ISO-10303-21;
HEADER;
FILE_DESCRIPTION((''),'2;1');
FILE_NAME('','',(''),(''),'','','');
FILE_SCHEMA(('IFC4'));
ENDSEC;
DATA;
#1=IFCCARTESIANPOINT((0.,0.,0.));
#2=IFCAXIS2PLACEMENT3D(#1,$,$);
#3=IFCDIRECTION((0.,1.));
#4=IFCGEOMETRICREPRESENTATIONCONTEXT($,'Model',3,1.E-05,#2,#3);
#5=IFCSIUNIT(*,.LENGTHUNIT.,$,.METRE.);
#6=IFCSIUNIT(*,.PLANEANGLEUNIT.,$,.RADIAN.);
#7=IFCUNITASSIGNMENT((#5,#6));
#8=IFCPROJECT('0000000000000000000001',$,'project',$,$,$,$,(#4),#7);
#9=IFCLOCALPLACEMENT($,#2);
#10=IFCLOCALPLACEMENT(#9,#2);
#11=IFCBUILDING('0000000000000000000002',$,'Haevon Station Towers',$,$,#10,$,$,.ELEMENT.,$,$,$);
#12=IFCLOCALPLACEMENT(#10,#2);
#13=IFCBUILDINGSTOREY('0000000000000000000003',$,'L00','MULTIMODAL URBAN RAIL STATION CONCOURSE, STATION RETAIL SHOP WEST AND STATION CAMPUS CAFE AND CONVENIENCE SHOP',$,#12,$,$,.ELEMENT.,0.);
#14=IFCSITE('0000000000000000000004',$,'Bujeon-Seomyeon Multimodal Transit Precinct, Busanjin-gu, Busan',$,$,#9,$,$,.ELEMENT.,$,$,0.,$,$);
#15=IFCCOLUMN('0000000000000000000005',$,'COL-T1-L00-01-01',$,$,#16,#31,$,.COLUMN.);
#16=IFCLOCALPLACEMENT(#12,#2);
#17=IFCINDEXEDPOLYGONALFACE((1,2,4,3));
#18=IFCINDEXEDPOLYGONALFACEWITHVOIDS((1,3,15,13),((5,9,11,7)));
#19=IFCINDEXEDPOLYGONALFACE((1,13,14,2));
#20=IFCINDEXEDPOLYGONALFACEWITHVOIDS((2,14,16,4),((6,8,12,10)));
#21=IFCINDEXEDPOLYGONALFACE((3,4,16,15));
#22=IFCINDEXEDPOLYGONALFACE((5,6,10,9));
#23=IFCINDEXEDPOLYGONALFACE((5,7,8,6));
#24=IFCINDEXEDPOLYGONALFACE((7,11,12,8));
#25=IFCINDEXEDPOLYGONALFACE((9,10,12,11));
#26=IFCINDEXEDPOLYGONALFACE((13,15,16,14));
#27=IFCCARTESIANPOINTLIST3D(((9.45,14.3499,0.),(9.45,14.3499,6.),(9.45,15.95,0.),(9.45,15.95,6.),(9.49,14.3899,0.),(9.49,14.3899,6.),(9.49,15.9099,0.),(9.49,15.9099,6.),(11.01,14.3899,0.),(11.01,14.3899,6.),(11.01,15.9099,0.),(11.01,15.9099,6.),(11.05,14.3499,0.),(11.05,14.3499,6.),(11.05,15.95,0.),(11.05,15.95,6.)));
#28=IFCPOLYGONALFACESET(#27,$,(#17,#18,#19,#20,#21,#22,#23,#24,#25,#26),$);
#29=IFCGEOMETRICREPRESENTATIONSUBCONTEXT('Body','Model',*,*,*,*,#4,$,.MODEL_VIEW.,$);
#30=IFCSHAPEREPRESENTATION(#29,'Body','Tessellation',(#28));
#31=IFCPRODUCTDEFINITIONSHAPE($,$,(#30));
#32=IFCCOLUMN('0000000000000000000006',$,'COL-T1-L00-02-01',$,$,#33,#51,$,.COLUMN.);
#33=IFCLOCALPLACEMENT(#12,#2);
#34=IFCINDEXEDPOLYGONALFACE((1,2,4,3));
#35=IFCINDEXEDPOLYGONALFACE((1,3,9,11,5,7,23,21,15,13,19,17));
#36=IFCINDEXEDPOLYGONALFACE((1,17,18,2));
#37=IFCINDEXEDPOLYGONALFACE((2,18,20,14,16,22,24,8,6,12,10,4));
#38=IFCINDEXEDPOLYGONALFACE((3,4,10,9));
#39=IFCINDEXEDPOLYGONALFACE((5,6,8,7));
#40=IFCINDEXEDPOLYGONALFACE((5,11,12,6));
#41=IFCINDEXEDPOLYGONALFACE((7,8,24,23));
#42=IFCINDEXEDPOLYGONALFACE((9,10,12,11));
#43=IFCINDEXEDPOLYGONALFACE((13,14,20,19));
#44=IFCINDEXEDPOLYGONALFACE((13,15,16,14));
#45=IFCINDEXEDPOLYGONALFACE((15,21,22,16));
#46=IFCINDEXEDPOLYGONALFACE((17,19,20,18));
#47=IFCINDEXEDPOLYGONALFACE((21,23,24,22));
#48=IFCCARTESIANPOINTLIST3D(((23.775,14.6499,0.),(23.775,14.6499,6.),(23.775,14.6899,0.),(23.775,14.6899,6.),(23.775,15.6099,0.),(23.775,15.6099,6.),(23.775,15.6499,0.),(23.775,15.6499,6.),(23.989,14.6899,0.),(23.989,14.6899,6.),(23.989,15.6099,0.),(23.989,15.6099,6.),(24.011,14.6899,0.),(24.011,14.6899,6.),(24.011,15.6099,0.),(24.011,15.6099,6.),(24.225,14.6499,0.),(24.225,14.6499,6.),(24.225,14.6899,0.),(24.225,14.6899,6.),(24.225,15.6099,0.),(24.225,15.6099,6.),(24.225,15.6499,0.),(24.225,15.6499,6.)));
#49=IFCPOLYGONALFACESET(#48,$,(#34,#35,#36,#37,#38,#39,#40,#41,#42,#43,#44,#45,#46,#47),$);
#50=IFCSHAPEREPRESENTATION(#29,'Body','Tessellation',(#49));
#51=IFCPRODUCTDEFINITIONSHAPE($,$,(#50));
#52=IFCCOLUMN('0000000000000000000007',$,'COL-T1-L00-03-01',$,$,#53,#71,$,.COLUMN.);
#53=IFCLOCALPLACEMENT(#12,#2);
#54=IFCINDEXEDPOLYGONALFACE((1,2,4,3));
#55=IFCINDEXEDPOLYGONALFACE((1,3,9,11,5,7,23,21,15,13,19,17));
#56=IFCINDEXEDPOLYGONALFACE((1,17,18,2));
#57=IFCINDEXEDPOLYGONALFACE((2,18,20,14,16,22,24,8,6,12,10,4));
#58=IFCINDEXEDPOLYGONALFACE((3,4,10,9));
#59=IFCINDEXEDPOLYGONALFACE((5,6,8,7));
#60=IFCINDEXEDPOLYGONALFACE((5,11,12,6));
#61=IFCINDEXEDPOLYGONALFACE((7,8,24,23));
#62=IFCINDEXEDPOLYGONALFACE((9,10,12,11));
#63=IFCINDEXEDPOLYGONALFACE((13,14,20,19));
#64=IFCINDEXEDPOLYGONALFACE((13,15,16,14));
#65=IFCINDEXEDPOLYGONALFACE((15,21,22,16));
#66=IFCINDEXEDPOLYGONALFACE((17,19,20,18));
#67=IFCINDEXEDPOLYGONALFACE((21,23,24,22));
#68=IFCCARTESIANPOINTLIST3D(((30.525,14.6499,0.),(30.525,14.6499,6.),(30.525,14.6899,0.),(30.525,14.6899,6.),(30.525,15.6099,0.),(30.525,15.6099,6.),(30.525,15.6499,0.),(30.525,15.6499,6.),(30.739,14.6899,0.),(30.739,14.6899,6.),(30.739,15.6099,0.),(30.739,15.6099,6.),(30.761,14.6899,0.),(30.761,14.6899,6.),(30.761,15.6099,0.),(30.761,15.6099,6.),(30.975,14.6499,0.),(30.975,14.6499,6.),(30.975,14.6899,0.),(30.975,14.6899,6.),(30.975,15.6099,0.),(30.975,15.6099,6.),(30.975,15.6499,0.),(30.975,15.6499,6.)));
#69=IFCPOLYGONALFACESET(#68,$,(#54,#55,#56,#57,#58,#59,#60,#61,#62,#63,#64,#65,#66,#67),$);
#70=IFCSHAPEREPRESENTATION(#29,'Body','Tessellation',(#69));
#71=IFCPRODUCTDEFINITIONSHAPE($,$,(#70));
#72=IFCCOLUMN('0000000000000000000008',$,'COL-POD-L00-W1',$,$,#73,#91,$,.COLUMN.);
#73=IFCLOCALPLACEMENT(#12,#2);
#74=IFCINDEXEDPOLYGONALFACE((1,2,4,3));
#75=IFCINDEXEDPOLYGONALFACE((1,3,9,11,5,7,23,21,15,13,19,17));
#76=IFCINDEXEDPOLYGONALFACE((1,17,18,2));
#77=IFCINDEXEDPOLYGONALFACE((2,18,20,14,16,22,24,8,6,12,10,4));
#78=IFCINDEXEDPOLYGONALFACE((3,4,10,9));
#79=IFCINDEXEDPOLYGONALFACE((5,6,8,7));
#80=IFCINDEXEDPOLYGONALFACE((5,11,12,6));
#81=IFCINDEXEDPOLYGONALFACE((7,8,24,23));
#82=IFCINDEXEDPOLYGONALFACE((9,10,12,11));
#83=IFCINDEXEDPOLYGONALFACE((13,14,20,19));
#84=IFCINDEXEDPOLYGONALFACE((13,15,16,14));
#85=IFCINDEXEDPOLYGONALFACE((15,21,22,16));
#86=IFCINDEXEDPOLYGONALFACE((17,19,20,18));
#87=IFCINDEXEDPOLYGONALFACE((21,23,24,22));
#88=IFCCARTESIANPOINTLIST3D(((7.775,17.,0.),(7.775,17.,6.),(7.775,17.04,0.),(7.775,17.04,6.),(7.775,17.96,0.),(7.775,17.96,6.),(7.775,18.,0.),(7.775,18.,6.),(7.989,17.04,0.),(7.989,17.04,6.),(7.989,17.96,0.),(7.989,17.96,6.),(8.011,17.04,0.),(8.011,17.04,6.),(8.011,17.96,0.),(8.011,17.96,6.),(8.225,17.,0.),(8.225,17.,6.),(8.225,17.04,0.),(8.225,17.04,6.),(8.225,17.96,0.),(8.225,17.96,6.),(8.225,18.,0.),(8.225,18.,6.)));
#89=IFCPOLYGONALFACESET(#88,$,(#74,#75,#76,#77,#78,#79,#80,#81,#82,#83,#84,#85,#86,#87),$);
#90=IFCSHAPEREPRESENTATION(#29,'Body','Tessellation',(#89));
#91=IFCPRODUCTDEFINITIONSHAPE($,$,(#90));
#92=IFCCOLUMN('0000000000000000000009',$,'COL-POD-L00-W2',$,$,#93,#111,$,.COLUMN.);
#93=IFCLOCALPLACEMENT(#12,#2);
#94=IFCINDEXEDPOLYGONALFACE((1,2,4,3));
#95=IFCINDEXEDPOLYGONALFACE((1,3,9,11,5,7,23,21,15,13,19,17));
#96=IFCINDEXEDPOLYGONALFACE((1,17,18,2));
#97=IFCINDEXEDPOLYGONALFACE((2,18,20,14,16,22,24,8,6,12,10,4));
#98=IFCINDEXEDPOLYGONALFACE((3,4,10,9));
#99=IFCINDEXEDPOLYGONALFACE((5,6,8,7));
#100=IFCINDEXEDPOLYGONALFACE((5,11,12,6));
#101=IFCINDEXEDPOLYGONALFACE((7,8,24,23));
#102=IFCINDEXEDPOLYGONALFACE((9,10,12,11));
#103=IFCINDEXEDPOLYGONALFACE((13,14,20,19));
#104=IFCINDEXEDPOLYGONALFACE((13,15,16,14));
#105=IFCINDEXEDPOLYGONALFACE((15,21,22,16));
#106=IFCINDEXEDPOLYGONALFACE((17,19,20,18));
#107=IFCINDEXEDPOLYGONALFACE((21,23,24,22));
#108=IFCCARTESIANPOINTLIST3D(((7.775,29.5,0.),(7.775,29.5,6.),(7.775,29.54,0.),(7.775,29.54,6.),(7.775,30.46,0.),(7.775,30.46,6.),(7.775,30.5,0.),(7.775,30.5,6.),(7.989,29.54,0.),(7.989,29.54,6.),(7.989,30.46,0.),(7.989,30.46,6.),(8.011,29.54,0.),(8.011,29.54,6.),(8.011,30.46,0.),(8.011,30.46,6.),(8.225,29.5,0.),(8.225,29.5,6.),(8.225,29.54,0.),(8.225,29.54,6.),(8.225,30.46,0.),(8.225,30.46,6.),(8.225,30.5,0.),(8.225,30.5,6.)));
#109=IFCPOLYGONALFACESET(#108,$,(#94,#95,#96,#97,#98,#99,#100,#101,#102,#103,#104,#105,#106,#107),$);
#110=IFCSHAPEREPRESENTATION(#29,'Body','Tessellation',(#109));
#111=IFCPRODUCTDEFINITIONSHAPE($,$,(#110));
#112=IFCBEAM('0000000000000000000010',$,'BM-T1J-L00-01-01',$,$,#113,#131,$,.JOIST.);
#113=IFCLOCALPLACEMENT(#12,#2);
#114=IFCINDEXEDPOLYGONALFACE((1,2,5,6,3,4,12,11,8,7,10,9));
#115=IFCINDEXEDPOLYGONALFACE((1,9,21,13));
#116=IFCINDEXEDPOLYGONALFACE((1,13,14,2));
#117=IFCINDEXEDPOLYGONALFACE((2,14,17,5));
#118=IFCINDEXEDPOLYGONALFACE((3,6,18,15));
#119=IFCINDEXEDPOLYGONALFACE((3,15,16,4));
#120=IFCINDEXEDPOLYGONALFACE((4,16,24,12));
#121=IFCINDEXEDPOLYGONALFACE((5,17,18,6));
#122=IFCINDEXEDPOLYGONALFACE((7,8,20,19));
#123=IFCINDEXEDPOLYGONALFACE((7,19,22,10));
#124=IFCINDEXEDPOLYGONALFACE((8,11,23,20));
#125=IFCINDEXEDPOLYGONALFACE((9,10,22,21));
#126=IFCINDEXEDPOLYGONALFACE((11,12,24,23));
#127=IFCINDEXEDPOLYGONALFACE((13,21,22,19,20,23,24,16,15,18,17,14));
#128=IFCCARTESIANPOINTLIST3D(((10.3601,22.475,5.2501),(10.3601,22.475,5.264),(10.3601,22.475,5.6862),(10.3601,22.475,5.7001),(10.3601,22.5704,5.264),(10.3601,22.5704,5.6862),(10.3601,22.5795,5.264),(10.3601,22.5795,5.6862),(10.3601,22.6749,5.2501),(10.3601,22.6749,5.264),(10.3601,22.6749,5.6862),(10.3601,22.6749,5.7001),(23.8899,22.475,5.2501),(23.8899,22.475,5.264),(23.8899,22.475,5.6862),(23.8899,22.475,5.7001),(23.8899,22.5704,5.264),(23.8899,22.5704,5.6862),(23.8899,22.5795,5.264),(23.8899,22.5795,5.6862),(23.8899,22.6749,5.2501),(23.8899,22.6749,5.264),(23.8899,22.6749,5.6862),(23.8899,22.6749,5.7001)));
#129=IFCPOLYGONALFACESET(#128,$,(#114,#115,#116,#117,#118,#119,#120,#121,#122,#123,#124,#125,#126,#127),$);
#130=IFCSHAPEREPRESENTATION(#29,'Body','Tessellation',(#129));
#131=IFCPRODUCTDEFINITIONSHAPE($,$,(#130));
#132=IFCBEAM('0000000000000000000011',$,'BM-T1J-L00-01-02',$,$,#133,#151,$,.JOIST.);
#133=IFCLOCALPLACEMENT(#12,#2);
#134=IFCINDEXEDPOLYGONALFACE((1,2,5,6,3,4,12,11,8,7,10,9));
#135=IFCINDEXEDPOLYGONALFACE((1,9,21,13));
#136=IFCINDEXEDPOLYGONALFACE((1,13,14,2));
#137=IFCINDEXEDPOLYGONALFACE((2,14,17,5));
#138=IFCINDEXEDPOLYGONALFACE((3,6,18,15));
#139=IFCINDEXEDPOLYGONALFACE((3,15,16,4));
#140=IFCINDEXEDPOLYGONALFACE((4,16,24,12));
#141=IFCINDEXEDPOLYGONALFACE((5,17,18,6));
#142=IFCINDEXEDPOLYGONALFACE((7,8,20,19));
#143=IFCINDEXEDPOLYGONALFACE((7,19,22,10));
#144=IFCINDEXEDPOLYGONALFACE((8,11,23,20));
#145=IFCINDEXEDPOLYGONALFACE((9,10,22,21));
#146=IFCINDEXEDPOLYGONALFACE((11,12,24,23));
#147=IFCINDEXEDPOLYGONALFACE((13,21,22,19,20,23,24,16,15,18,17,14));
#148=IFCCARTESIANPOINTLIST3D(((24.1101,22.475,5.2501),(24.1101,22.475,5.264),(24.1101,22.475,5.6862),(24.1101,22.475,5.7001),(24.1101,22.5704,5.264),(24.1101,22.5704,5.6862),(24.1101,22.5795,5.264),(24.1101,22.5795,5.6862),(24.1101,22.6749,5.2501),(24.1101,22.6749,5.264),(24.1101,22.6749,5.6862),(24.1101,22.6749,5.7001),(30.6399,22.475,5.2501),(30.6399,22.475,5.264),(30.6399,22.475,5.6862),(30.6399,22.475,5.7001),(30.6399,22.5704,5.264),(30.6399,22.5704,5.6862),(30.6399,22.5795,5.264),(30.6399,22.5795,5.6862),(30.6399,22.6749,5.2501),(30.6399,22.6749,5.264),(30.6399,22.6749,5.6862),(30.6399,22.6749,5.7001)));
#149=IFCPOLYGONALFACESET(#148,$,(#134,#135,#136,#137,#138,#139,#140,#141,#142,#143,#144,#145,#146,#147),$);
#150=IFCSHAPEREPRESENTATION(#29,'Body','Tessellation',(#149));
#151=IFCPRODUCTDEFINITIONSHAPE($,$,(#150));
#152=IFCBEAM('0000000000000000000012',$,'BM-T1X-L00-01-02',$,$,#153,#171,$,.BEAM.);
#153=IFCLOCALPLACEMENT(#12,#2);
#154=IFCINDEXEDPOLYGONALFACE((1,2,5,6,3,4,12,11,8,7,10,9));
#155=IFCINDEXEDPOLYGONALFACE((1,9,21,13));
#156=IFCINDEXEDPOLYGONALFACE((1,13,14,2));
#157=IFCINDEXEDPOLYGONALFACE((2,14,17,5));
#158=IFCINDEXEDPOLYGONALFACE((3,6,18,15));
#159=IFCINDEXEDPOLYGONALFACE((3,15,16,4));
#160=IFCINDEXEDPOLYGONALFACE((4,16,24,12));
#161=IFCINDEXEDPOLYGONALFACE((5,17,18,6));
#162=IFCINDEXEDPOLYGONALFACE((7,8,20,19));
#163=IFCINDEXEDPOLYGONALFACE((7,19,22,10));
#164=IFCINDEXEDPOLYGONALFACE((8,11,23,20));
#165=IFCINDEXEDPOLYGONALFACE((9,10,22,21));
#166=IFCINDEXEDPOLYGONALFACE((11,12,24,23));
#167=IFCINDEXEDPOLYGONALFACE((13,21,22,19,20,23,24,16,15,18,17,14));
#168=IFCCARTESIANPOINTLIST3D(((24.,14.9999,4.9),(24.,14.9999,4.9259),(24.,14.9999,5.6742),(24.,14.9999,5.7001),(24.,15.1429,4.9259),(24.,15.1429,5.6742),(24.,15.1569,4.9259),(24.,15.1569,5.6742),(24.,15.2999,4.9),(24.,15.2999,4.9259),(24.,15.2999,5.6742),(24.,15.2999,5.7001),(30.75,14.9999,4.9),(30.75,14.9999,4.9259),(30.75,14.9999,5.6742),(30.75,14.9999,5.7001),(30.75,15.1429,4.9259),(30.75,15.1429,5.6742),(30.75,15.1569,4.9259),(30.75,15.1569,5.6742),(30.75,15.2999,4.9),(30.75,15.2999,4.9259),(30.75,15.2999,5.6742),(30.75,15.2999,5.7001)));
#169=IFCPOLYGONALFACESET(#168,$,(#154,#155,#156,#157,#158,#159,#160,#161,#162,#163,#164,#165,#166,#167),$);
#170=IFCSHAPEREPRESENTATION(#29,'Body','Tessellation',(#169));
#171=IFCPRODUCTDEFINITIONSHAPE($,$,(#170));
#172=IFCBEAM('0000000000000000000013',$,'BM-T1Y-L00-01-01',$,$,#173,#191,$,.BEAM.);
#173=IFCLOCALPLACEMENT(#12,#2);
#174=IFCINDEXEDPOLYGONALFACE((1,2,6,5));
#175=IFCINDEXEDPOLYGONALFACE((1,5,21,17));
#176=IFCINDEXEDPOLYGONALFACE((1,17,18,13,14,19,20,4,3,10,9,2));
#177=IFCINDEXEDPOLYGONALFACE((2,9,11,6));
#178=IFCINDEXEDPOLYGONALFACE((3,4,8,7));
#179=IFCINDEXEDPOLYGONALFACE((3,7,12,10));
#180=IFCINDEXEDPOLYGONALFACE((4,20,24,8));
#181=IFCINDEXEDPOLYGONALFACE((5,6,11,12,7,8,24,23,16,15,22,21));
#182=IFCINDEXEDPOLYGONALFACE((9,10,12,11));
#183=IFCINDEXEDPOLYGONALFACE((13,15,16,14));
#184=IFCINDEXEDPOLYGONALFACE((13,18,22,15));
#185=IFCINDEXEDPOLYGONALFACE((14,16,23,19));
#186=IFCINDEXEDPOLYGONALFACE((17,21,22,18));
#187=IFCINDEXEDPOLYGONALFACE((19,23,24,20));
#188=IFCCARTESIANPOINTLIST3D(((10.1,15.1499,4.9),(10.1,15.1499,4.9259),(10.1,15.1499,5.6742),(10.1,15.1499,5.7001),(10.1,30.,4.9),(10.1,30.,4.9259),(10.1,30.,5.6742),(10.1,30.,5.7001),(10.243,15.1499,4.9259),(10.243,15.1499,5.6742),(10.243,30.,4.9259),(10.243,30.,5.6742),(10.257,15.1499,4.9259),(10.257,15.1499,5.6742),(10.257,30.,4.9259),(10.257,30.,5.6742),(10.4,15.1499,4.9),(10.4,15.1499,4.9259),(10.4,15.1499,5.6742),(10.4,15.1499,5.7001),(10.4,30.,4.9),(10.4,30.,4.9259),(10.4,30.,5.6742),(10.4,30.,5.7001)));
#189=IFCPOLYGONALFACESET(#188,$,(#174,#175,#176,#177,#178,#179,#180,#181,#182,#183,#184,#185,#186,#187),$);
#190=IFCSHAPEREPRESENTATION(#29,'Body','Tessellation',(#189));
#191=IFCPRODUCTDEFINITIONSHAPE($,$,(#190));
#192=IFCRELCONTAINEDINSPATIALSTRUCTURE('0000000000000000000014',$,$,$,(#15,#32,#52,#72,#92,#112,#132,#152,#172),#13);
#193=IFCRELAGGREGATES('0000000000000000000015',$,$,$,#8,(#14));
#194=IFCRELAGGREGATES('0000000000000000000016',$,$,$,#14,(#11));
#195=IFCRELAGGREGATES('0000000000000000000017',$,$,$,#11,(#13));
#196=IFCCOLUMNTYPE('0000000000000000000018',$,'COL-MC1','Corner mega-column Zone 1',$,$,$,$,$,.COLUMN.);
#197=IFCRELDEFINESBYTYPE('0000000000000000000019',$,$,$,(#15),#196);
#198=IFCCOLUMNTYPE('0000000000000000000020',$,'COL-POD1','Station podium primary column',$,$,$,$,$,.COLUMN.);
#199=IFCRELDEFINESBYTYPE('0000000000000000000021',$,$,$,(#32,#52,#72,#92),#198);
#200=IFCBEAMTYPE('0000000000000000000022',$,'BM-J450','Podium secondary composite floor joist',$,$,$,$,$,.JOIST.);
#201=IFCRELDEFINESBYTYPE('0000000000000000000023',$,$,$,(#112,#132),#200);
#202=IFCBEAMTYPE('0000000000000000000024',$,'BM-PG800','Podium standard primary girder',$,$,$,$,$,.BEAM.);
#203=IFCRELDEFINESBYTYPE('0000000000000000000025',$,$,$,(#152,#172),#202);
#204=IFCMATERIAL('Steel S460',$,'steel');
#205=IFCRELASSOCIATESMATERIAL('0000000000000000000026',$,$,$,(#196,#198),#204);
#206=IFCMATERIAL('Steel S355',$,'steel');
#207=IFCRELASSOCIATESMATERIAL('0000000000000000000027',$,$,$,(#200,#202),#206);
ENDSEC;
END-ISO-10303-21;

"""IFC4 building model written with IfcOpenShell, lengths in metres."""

from ifc_helpers import new_model, si_unit, direction, frame, origin, origin_2d, place, context, subcontext, project, spatial, hollow_rectangle, i_section, extrude, material, material_profile, profile_set, type_object, element, save


model = new_model("IFC4")

# Units and contexts
model_context = context("Model", 3, precision=1e-05, world=origin(), true_north=direction((0.0, 1.0)))
body_context = subcontext(model_context, "Body", "Model", "MODEL_VIEW")
ifc_project = project(units=[si_unit("LENGTHUNIT", "METRE"), si_unit("PLANEANGLEUNIT", "RADIAN")], contexts=[model_context])

# Site, building, storey
site_placement = place(None, origin())
site = spatial("IfcSite", under=ifc_project, at=site_placement, Name="Bujeon-Seomyeon Multimodal Transit Precinct, Busanjin-gu, Busan", CompositionType="ELEMENT", RefElevation=0.0)
building_placement = place(site_placement, origin())
building = spatial("IfcBuilding", under=site, at=building_placement, Name="Haevon Station Towers", CompositionType="ELEMENT")
storey_placement = place(building_placement, origin())
storey = spatial("IfcBuildingStorey", under=building, at=storey_placement, Name="L00", Description="MULTIMODAL URBAN RAIL STATION CONCOURSE, STATION RETAIL SHOP WEST AND STATION CAMPUS CAFE AND CONVENIENCE SHOP", CompositionType="ELEMENT", Elevation=0.0)

# Columns
ifc_material_1 = material(Name="Steel S460", Category="steel")
ifc_material_profile_1 = material_profile(ifc_material_1, hollow_rectangle(XDim=1.6001, YDim=1.6001, WallThickness=0.04, at=origin_2d()), Name="BOX-1600x1600x40")
ifc_profile_set_1 = profile_set([ifc_material_profile_1], Name="Steel S460")
column_type_1 = type_object("IfcColumnType", Name="COL-MC1", Description="Corner mega-column Zone 1", PredefinedType="COLUMN", material=ifc_profile_set_1)
column_placement = place(storey_placement, frame((10.25, 15.1499, 0.0), z_axis=(0.0, 0.0, 1.0), x_axis=(1.0, 0.0, 0.0)))
element("IfcColumn", 1, at=column_placement, inside=storey, type_object=column_type_1, Name="COL-T1-L00-01-01", PredefinedType="COLUMN", context=body_context, shape_type="SweptSolid", body=[
    extrude(hollow_rectangle(XDim=1.6001, YDim=1.6001, WallThickness=0.04, at=origin_2d()), origin(), (0.0, 0.0, 1.0), 6.0),
])
ifc_material_profile_2 = material_profile(ifc_material_1, i_section(OverallWidth=0.45, OverallDepth=1.0, WebThickness=0.022, FlangeThickness=0.04, at=origin_2d()), Name="H-1000x450x22x40")
ifc_profile_set_2 = profile_set([ifc_material_profile_2], Name="Steel S460")
column_type_2 = type_object("IfcColumnType", Name="COL-POD1", Description="Station podium primary column", PredefinedType="COLUMN", material=ifc_profile_set_2)
for number, where, z_axis, x_axis, name in (
    (2, (24.0, 15.1499, 0.0), (0.0, 0.0, 1.0), (1.0, 0.0, 0.0), "COL-T1-L00-02-01"),
    (3, (30.75, 15.1499, 0.0), (0.0, 0.0, 1.0), (1.0, 0.0, 0.0), "COL-T1-L00-03-01"),
    (4, (8.0, 17.5, 0.0), (0.0, 0.0, 1.0), (1.0, 0.0, 0.0), "COL-POD-L00-W1"),
    (5, (8.0, 30.0, 0.0), (0.0, 0.0, 1.0), (1.0, 0.0, 0.0), "COL-POD-L00-W2"),
):
    element("IfcColumn", number, at=place(storey_placement, frame(where, z_axis=z_axis, x_axis=x_axis)), inside=storey, type_object=column_type_2, Name=name, PredefinedType="COLUMN", context=body_context, shape_type="SweptSolid", body=[
        extrude(i_section(OverallWidth=0.45, OverallDepth=1.0, WebThickness=0.022, FlangeThickness=0.04, at=origin_2d()), origin(), (0.0, 0.0, 1.0), 6.0),
    ])

# Beams
ifc_material_2 = material(Name="Steel S355", Category="steel")
ifc_material_profile_3 = material_profile(ifc_material_2, i_section(OverallWidth=0.2, OverallDepth=0.45, WebThickness=0.009, FlangeThickness=0.0139, at=origin_2d()), Name="H-450x200x9x14")
ifc_profile_set_3 = profile_set([ifc_material_profile_3], Name="Steel S355")
beam_type_1 = type_object("IfcBeamType", Name="BM-J450", Description="Podium secondary composite floor joist", PredefinedType="JOIST", material=ifc_profile_set_3)
beam_1_placement = place(storey_placement, frame((10.3601, 22.575, 5.4751), z_axis=(1.0, 0.0, 0.0), x_axis=(0.0, 1.0, 0.0)))
element("IfcBeam", 6, at=beam_1_placement, inside=storey, type_object=beam_type_1, Name="BM-T1J-L00-01-01", PredefinedType="JOIST", context=body_context, shape_type="SweptSolid", body=[
    extrude(i_section(OverallWidth=0.2, OverallDepth=0.45, WebThickness=0.009, FlangeThickness=0.0139, at=origin_2d()), origin(), (0.0, 0.0, 1.0), 13.5298),
])
beam_2_placement = place(storey_placement, frame((24.1101, 22.575, 5.4751), z_axis=(1.0, 0.0, 0.0), x_axis=(0.0, 1.0, 0.0)))
element("IfcBeam", 7, at=beam_2_placement, inside=storey, type_object=beam_type_1, Name="BM-T1J-L00-01-02", PredefinedType="JOIST", context=body_context, shape_type="SweptSolid", body=[
    extrude(i_section(OverallWidth=0.2, OverallDepth=0.45, WebThickness=0.009, FlangeThickness=0.0139, at=origin_2d()), origin(), (0.0, 0.0, 1.0), 6.5298),
])
ifc_material_profile_4 = material_profile(ifc_material_2, i_section(OverallWidth=0.3, OverallDepth=0.8, WebThickness=0.0139, FlangeThickness=0.0259, at=origin_2d()), Name="H-800x300x14x26")
ifc_profile_set_4 = profile_set([ifc_material_profile_4], Name="Steel S355")
beam_type_2 = type_object("IfcBeamType", Name="BM-PG800", Description="Podium standard primary girder", PredefinedType="BEAM", material=ifc_profile_set_4)
beam_3_placement = place(storey_placement, frame((24.0, 15.1499, 5.3), z_axis=(1.0, 0.0, 0.0), x_axis=(0.0, 1.0, 0.0)))
element("IfcBeam", 8, at=beam_3_placement, inside=storey, type_object=beam_type_2, Name="BM-T1X-L00-01-02", PredefinedType="BEAM", context=body_context, shape_type="SweptSolid", body=[
    extrude(i_section(OverallWidth=0.3, OverallDepth=0.8, WebThickness=0.0139, FlangeThickness=0.0259, at=origin_2d()), origin(), (0.0, 0.0, 1.0), 6.75),
])
for number, where, z_axis, x_axis, name in (
    (9, (10.25, 15.1499, 5.3), (0.0, 1.0, 0.0), (-1.0, 0.0, 0.0), "BM-T1Y-L00-01-01"),
):
    element("IfcBeam", number, at=place(storey_placement, frame(where, z_axis=z_axis, x_axis=x_axis)), inside=storey, type_object=beam_type_2, Name=name, PredefinedType="BEAM", context=body_context, shape_type="SweptSolid", body=[
        extrude(i_section(OverallWidth=0.3, OverallDepth=0.8, WebThickness=0.0139, FlangeThickness=0.0259, at=origin_2d()), origin(), (0.0, 0.0, 1.0), 14.8501),
    ])

save(model, "model.ifc")
